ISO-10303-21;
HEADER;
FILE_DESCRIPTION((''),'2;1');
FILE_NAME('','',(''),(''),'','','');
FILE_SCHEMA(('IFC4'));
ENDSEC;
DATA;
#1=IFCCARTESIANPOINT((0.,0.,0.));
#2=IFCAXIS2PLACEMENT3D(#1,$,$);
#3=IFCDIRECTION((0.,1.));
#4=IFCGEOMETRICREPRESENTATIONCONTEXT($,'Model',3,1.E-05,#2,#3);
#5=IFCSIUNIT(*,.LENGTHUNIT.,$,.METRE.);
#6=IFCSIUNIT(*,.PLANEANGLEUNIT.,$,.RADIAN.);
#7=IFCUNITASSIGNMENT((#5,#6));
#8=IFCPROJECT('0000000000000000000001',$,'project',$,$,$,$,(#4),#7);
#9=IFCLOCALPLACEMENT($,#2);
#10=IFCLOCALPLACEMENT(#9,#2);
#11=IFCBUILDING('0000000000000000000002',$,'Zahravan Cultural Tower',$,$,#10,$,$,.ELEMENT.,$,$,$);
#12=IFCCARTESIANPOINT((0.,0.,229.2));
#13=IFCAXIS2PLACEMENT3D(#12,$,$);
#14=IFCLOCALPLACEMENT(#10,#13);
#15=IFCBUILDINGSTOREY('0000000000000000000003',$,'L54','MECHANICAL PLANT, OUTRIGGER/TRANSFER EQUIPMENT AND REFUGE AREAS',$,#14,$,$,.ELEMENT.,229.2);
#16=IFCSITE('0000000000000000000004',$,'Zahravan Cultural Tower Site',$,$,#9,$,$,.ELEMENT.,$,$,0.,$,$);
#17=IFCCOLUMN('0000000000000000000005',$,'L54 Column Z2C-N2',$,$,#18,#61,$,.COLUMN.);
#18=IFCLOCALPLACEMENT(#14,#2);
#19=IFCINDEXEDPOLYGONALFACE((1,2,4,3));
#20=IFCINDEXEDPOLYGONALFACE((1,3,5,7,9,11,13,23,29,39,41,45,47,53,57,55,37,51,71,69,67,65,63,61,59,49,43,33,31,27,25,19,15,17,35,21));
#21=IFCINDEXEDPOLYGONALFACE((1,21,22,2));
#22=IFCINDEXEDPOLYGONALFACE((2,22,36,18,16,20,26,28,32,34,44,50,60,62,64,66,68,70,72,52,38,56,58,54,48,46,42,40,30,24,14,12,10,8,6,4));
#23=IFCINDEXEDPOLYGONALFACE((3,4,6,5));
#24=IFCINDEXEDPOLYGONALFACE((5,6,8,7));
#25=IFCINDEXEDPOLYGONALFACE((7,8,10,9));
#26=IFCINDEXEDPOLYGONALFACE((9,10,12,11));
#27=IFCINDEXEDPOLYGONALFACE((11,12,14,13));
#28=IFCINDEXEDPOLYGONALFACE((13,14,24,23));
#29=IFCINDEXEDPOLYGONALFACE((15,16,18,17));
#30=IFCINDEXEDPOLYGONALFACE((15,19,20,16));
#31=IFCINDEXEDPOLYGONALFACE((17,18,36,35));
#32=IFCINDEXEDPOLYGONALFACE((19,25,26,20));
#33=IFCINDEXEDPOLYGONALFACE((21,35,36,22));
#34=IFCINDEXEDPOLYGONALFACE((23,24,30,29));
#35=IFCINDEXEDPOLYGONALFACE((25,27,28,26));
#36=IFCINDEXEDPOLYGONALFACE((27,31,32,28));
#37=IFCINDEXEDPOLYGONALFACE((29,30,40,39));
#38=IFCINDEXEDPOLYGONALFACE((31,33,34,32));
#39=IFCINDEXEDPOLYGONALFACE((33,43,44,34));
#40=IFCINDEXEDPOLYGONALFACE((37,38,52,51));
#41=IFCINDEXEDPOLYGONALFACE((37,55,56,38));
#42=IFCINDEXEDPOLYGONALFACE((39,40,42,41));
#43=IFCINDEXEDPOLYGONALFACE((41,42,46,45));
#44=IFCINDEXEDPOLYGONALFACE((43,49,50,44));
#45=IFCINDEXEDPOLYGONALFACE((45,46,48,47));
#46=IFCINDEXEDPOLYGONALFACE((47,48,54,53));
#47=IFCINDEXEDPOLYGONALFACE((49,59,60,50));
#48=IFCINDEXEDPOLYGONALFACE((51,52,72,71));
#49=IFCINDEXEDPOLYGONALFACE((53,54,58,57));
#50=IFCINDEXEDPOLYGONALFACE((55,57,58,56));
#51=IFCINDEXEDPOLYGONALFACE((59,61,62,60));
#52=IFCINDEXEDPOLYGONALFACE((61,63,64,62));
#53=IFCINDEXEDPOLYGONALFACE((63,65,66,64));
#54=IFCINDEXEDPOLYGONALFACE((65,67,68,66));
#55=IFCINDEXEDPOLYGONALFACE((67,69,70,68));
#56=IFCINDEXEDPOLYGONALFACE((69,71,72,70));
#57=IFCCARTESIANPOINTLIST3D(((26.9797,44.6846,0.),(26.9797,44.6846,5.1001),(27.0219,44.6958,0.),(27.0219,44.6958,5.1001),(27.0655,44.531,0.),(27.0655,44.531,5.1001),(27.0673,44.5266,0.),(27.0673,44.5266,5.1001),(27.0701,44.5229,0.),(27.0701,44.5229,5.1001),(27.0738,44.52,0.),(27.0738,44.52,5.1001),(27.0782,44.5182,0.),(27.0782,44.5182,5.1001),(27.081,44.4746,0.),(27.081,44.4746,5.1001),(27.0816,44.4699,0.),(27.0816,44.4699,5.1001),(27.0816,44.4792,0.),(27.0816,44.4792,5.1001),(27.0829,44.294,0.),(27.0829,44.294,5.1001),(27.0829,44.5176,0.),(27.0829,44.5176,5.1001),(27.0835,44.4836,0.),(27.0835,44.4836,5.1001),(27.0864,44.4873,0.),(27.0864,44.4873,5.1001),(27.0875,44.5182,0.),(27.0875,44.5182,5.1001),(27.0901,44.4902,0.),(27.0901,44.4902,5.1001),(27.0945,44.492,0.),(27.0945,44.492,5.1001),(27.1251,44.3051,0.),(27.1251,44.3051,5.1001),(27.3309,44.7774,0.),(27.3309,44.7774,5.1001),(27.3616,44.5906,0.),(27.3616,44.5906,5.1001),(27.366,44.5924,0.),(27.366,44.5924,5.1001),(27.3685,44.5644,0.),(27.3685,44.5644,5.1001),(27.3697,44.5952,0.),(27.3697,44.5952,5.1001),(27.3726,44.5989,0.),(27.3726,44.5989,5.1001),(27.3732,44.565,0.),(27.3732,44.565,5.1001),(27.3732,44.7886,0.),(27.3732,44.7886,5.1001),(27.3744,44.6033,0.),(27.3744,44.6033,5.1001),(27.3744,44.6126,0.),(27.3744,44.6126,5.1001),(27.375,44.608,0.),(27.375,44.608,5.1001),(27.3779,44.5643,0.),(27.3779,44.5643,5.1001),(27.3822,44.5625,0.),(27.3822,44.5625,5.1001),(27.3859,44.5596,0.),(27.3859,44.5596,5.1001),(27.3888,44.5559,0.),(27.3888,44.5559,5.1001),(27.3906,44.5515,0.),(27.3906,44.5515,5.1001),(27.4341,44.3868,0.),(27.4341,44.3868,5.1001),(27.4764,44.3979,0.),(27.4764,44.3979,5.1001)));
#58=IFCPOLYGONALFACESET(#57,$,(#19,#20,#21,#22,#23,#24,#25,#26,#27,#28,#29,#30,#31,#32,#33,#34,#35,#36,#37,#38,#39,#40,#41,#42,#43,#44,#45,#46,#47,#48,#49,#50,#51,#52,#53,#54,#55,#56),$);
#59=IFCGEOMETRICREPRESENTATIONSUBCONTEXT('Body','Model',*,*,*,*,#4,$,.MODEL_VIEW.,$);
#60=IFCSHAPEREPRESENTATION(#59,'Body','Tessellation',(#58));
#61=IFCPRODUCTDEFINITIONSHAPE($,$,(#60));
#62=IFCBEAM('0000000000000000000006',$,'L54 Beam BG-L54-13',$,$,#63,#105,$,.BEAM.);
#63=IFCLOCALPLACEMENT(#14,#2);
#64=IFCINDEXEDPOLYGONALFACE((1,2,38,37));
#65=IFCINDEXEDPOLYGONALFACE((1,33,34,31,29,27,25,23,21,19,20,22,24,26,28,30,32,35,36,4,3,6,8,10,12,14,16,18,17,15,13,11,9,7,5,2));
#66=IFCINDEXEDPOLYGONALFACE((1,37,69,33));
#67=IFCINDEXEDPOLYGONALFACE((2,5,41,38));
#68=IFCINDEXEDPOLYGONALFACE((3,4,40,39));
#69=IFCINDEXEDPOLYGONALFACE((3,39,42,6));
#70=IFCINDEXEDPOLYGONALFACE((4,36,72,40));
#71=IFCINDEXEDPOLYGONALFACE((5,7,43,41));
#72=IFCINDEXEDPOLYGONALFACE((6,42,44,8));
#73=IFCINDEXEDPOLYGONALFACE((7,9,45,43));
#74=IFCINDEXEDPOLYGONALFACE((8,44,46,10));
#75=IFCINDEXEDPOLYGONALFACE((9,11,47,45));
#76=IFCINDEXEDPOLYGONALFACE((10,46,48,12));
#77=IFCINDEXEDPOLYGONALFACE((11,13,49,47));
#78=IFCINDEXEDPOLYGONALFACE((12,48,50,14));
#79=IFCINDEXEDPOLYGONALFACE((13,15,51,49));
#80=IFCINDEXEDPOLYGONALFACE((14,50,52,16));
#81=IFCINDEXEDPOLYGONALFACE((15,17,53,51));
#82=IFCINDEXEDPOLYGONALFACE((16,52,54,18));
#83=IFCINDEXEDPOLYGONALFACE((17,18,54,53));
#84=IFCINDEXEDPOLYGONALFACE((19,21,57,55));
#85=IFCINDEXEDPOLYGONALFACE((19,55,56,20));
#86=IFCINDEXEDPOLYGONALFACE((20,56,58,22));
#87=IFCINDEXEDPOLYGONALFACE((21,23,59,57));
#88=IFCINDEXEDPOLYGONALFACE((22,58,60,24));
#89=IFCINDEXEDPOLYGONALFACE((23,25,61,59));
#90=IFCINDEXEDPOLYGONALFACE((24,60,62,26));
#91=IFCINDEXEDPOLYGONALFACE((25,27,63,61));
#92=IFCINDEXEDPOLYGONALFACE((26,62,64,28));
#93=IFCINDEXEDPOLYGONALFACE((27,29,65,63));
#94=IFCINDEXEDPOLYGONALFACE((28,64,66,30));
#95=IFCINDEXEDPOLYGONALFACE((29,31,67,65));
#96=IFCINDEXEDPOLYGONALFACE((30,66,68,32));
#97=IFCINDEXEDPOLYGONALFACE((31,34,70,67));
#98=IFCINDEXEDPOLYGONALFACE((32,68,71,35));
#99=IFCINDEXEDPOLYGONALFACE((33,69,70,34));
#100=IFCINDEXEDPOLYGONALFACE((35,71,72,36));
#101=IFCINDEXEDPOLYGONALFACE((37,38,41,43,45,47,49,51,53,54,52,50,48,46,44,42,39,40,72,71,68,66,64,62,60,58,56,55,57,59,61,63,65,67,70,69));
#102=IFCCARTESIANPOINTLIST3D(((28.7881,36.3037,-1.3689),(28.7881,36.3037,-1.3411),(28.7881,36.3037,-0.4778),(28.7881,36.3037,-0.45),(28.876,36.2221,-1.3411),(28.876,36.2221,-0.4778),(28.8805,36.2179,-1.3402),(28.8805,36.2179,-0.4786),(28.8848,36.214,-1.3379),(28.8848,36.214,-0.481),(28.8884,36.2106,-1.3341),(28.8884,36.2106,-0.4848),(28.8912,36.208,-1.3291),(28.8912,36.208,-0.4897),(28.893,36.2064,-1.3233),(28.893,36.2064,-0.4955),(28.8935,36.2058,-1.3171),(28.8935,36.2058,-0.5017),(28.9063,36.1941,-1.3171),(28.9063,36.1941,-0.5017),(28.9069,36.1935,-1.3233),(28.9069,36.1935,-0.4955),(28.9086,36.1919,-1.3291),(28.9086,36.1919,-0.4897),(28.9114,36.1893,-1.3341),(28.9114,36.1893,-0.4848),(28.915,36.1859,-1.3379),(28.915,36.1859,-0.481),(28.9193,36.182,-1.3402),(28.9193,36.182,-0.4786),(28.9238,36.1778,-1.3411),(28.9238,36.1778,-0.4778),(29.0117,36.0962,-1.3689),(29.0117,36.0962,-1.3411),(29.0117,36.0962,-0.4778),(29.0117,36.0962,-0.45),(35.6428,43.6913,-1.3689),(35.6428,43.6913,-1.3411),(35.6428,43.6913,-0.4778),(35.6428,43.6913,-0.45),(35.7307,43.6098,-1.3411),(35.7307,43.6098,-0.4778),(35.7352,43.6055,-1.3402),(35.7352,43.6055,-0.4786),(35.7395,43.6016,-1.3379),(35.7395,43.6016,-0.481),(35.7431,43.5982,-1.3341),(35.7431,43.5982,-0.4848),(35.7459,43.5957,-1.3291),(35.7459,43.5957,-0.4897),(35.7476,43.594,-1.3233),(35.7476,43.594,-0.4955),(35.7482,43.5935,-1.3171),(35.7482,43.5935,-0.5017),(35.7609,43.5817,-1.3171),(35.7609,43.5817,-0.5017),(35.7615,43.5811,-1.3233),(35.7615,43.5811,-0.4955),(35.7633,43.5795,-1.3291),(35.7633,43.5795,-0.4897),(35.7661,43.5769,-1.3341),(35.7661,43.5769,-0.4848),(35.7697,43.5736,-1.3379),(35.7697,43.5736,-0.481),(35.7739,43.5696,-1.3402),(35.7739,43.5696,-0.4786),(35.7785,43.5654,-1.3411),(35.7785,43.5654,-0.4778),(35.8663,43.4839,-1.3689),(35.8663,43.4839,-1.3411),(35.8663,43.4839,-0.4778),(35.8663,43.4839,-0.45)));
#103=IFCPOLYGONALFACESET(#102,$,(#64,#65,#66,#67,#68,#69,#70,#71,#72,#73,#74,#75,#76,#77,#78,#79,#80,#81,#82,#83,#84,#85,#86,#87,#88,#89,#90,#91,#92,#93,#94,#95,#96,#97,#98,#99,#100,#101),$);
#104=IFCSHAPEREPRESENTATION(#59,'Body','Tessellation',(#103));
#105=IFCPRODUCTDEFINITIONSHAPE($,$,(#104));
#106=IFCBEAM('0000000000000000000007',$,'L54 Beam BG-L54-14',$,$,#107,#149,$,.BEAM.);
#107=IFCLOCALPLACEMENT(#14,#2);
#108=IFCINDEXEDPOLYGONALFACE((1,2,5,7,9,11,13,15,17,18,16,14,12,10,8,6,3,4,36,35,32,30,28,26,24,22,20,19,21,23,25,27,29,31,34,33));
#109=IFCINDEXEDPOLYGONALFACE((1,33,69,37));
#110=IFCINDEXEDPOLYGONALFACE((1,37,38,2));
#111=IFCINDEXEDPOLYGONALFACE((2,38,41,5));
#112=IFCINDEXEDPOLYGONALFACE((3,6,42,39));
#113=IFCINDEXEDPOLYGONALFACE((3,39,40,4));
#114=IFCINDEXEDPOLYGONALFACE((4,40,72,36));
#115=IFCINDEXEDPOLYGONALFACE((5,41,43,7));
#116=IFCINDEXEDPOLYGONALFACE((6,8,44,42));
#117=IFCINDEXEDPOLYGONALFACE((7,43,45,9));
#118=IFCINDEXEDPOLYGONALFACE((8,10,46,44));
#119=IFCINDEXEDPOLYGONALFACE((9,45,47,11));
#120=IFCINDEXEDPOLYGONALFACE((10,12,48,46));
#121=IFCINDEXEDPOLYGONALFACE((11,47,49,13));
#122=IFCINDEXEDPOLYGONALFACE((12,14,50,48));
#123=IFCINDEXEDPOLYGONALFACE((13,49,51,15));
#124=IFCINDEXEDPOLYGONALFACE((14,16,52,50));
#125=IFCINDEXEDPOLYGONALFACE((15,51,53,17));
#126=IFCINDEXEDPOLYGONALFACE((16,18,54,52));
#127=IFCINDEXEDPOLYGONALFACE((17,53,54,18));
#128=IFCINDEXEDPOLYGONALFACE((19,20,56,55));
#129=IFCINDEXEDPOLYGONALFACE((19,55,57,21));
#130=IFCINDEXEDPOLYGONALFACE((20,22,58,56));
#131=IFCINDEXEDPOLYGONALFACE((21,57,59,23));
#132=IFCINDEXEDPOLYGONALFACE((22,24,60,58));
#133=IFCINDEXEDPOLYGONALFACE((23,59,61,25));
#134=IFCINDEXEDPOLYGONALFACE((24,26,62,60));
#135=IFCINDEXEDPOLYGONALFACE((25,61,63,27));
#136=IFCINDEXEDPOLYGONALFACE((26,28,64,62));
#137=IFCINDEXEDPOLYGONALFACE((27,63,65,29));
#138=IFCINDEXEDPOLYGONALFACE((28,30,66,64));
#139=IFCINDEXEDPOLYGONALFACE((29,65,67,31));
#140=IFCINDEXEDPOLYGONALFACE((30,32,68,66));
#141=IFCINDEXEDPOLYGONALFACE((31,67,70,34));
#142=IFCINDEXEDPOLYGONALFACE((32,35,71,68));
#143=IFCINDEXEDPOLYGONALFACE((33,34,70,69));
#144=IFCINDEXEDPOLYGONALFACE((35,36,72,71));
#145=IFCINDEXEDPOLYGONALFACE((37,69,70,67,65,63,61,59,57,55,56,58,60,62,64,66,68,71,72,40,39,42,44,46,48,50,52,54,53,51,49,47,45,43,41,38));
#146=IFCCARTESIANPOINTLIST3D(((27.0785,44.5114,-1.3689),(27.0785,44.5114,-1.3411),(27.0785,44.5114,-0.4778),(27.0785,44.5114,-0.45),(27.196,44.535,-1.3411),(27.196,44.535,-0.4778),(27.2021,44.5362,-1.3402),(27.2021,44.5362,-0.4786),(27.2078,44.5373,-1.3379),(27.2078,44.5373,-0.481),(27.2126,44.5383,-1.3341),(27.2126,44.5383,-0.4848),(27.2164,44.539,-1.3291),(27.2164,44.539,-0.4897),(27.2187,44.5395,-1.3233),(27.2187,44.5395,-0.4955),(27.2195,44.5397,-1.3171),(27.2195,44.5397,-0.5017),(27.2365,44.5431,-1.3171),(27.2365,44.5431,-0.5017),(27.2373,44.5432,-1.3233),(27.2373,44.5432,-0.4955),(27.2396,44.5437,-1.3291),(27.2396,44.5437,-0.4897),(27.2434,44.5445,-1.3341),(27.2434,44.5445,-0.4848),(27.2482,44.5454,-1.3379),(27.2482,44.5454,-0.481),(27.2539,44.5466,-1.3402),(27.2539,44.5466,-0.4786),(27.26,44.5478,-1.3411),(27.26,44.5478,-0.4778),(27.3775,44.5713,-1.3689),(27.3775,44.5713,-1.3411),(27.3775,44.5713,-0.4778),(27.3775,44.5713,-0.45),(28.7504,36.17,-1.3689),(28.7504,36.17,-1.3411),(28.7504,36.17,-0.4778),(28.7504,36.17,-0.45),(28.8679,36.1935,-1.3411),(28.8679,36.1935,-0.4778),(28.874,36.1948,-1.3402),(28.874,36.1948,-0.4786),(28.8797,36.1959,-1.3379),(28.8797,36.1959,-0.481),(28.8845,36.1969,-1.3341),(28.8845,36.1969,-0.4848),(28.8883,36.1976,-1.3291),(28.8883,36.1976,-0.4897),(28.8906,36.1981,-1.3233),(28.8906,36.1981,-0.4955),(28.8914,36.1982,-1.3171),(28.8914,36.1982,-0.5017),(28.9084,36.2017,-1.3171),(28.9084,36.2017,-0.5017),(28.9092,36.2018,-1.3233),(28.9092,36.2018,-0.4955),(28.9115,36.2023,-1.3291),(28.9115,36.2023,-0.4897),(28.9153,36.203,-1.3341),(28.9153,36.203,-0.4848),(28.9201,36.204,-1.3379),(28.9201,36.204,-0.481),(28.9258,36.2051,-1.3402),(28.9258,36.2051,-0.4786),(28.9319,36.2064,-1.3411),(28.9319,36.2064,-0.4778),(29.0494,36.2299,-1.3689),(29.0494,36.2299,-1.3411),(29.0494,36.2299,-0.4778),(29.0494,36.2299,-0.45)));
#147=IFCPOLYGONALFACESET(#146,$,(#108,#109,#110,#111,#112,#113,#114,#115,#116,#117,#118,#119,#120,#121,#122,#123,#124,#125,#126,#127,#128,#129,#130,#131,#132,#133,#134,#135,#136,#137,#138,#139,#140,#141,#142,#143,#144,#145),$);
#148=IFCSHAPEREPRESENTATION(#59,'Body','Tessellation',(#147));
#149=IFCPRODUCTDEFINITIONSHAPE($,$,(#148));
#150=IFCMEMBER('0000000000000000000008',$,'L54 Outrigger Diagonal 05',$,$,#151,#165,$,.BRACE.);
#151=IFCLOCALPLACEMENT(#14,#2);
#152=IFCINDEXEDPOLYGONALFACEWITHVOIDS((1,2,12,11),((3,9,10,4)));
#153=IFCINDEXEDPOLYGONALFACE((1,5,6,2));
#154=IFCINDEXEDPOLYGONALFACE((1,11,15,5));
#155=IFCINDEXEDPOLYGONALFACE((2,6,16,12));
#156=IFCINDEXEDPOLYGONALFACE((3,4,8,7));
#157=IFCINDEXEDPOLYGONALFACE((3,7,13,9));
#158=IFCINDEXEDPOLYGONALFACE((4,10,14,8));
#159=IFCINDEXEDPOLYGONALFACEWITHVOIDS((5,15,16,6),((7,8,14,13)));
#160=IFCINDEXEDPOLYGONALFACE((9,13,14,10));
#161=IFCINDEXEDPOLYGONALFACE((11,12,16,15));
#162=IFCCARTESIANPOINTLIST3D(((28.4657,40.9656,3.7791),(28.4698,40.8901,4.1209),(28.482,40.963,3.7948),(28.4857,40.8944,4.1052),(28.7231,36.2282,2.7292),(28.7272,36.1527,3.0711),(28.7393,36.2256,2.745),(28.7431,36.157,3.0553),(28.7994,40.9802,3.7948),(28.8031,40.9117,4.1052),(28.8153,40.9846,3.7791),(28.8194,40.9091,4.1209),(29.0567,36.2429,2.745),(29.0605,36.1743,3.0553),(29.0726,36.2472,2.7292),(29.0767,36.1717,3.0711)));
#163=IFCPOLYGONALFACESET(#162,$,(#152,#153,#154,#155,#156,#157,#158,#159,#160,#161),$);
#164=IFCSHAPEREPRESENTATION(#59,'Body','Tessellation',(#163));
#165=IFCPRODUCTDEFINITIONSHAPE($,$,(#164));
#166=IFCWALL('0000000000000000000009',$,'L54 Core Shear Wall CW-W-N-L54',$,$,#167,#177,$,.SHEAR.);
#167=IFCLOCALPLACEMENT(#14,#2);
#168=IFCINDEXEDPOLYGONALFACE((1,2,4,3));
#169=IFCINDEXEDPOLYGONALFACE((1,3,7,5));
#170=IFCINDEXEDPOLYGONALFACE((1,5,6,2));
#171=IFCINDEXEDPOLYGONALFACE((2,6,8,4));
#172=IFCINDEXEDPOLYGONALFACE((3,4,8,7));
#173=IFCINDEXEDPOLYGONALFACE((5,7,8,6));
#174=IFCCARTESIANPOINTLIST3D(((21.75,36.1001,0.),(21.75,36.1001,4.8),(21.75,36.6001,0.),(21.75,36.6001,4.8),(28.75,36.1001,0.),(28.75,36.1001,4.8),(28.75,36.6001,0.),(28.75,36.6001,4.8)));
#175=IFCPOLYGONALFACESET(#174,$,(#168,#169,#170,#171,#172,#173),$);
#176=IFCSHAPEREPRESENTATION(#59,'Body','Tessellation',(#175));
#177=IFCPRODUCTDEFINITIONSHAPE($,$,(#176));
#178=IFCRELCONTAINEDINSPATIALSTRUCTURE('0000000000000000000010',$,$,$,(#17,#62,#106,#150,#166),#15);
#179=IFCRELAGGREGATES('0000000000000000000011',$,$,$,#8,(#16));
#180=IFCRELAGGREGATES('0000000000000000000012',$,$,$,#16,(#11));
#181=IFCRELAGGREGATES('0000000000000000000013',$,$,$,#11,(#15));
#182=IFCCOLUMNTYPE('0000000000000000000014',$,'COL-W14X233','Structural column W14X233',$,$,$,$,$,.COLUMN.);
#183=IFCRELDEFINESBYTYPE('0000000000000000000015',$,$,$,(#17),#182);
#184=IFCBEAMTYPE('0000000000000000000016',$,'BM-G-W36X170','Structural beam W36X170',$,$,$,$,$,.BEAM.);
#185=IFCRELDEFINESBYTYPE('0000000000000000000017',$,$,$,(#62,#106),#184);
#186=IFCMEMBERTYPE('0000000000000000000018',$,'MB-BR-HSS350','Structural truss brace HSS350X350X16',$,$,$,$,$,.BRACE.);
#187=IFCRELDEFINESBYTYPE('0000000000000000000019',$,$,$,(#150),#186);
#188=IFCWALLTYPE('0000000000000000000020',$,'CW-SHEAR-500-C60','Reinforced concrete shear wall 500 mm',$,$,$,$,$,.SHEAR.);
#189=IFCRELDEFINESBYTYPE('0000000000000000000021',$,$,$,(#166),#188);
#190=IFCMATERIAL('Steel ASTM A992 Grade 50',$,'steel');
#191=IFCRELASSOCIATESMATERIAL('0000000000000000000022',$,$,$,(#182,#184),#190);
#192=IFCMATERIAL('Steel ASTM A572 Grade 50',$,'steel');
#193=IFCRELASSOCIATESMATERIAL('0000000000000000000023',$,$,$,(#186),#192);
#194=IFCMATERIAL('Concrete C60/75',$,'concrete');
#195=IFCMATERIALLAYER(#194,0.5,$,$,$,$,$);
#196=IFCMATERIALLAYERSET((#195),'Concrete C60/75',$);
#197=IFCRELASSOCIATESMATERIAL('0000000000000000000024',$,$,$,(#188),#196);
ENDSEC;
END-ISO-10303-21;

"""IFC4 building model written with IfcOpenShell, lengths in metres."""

from ifc_helpers import new_model, si_unit, direction, frame, frame_2d, origin, origin_2d, place, context, subcontext, project, spatial, rectangle, hollow_rectangle, i_section, extrude, source, transform, mapped, material, layer, layer_set, material_profile, profile_set, type_object, element, save


model = new_model("IFC4")

# Units and contexts
model_context = context("Model", 3, precision=1e-05, world=origin(), true_north=direction((0.0, 1.0)))
body_context = subcontext(model_context, "Body", "Model", "MODEL_VIEW")
ifc_project = project(units=[si_unit("LENGTHUNIT", "METRE"), si_unit("PLANEANGLEUNIT", "RADIAN")], contexts=[model_context])

# Site, building, storey
site_placement = place(None, origin())
site = spatial("IfcSite", under=ifc_project, at=site_placement, Name="Zahravan Cultural Tower Site", CompositionType="ELEMENT", RefElevation=0.0)
building_placement = place(site_placement, origin())
building = spatial("IfcBuilding", under=site, at=building_placement, Name="Zahravan Cultural Tower", CompositionType="ELEMENT")
storey_placement = place(building_placement, frame((0.0, 0.0, 229.2)))
storey = spatial("IfcBuildingStorey", under=building, at=storey_placement, Name="L54", Description="MECHANICAL PLANT, OUTRIGGER/TRANSFER EQUIPMENT AND REFUGE AREAS", CompositionType="ELEMENT", Elevation=229.2)

# Column
ifc_material_1 = material(Name="Steel ASTM A992 Grade 50", Category="steel")
ifc_material_profile_1 = material_profile(ifc_material_1, i_section(OverallWidth=0.4041, OverallDepth=0.407, WebThickness=0.0271, FlangeThickness=0.0437, FilletRadius=0.0181, at=origin_2d()), Name="W14X233")
ifc_profile_set_1 = profile_set([ifc_material_profile_1], Name="Steel ASTM A992 Grade 50")
column_type = type_object("IfcColumnType", Name="COL-W14X233", Description="Structural column W14X233", PredefinedType="COLUMN", material=ifc_profile_set_1)
shared_shape_1 = source(origin(), body_context, "Body", "SweptSolid", [
    extrude(i_section(OverallWidth=0.4041, OverallDepth=0.407, WebThickness=0.0271, FlangeThickness=0.0437, FilletRadius=0.0181, at=origin_2d()), origin(), (0.0, 0.0, 1.0), 5.1001),
])
column_placement = place(storey_placement, frame((27.228, 44.5413, 0.0), z_axis=(0.0, 0.0, 1.0), x_axis=(-0.255446, 0.966823, 0.0)))
element("IfcColumn", 1, at=column_placement, inside=storey, type_object=column_type, Name="L54 Column Z2C-N2", PredefinedType="COLUMN", context=body_context, shape_type="MappedRepresentation", body=[
    mapped(shared_shape_1, transform((0.0, 0.0, 0.0), x_axis=(1.0, 0.0, 0.0), y_axis=(0.0, 1.0, 0.0), z_axis=(0.0, 0.0, 1.0), scale=1.0)),
])

# Beams
ifc_material_profile_2 = material_profile(ifc_material_1, i_section(OverallWidth=0.3049, OverallDepth=0.9189, WebThickness=0.0173, FlangeThickness=0.0278, FilletRadius=0.0239, at=origin_2d()), Name="W36X170")
ifc_profile_set_2 = profile_set([ifc_material_profile_2], Name="Steel ASTM A992 Grade 50")
beam_type = type_object("IfcBeamType", Name="BM-G-W36X170", Description="Structural beam W36X170", PredefinedType="BEAM", material=ifc_profile_set_2)
shared_shape_2 = source(origin(), body_context, "Body", "SweptSolid", [
    extrude(i_section(OverallWidth=0.3049, OverallDepth=0.9189, WebThickness=0.0173, FlangeThickness=0.0278, FilletRadius=0.0239, at=origin_2d()), origin(), (0.0, 0.0, 1.0), 10.0779),
])
beam_1_placement = place(storey_placement, frame((28.8999, 36.2, -0.9094), z_axis=(0.68017, 0.733054, 0.0), x_axis=(-0.733054, 0.68017, 0.0)))
element("IfcBeam", 2, at=beam_1_placement, inside=storey, type_object=beam_type, Name="L54 Beam BG-L54-13", PredefinedType="BEAM", context=body_context, shape_type="MappedRepresentation", body=[
    mapped(shared_shape_2, transform((0.0, 0.0, 0.0), x_axis=(1.0, 0.0, 0.0), y_axis=(0.0, 1.0, 0.0), z_axis=(0.0, 0.0, 1.0), scale=1.0)),
])
shared_shape_3 = source(origin(), body_context, "Body", "SweptSolid", [
    extrude(i_section(OverallWidth=0.3049, OverallDepth=0.9189, WebThickness=0.0173, FlangeThickness=0.0278, FilletRadius=0.0239, at=origin_2d()), origin(), (0.0, 0.0, 1.0), 8.5073),
])
beam_2_placement = place(storey_placement, frame((28.8999, 36.2, -0.9094), z_axis=(-0.196525, 0.980499, 0.0), x_axis=(-0.980499, -0.196525, 0.0)))
element("IfcBeam", 3, at=beam_2_placement, inside=storey, type_object=beam_type, Name="L54 Beam BG-L54-14", PredefinedType="BEAM", context=body_context, shape_type="MappedRepresentation", body=[
    mapped(shared_shape_3, transform((0.0, 0.0, 0.0), x_axis=(1.0, 0.0, 0.0), y_axis=(0.0, 1.0, 0.0), z_axis=(0.0, 0.0, 1.0), scale=1.0)),
])

# Member
ifc_material_2 = material(Name="Steel ASTM A572 Grade 50", Category="steel")
ifc_material_profile_3 = material_profile(ifc_material_2, hollow_rectangle(XDim=0.3501, YDim=0.3501, WallThickness=0.0161, at=origin_2d()), Name="HSS350X350X16")
ifc_profile_set_3 = profile_set([ifc_material_profile_3], Name="Steel ASTM A572 Grade 50")
member_type = type_object("IfcMemberType", Name="MB-BR-HSS350", Description="Structural truss brace HSS350X350X16", PredefinedType="BRACE", material=ifc_profile_set_3)
shared_shape_4 = source(origin(), body_context, "Body", "SweptSolid", [
    extrude(hollow_rectangle(XDim=0.3501, YDim=0.3501, WallThickness=0.0161, at=origin_2d()), origin(), (0.0, 0.0, 1.0), 4.8591),
])
member_placement = place(storey_placement, frame((28.8999, 36.2, 2.9001), z_axis=(-0.052958, 0.974945, 0.216051), x_axis=(-0.998528, -0.054239, 0.0)))
element("IfcMember", 4, at=member_placement, inside=storey, type_object=member_type, Name="L54 Outrigger Diagonal 05", PredefinedType="BRACE", context=body_context, shape_type="MappedRepresentation", body=[
    mapped(shared_shape_4, transform((0.0, 0.0, 0.0), x_axis=(1.0, 0.0, 0.0), y_axis=(0.0, 1.0, 0.0), z_axis=(0.0, 0.0, 1.0), scale=1.0)),
])

# Wall
ifc_material_3 = material(Name="Concrete C60/75", Category="concrete")
ifc_layer_1 = layer(ifc_material_3, 0.5)
ifc_layer_set_1 = layer_set([ifc_layer_1], Name="Concrete C60/75")
wall_type_1 = type_object("IfcWallType", Name="CW-SHEAR-500-C60", Description="Reinforced concrete shear wall 500 mm", PredefinedType="SHEAR", material=ifc_layer_set_1)
shared_shape_5 = source(origin(), body_context, "Body", "SweptSolid", [
    extrude(rectangle(XDim=7.0, YDim=0.5, at=frame_2d((3.5, 0.0))), origin(), (0.0, 0.0, 1.0), 4.8),
])
wall_1_placement = place(storey_placement, frame((21.75, 36.3501, 0.0), z_axis=(0.0, 0.0, 1.0), x_axis=(1.0, 0.0, 0.0)))
element("IfcWall", 5, at=wall_1_placement, inside=storey, type_object=wall_type_1, Name="L54 Core Shear Wall CW-W-N-L54", PredefinedType="SHEAR", context=body_context, shape_type="MappedRepresentation", body=[
    mapped(shared_shape_5, transform((0.0, 0.0, 0.0), x_axis=(1.0, 0.0, 0.0), y_axis=(0.0, 1.0, 0.0), z_axis=(0.0, 0.0, 1.0), scale=1.0)),
])

save(model, "model.ifc")
